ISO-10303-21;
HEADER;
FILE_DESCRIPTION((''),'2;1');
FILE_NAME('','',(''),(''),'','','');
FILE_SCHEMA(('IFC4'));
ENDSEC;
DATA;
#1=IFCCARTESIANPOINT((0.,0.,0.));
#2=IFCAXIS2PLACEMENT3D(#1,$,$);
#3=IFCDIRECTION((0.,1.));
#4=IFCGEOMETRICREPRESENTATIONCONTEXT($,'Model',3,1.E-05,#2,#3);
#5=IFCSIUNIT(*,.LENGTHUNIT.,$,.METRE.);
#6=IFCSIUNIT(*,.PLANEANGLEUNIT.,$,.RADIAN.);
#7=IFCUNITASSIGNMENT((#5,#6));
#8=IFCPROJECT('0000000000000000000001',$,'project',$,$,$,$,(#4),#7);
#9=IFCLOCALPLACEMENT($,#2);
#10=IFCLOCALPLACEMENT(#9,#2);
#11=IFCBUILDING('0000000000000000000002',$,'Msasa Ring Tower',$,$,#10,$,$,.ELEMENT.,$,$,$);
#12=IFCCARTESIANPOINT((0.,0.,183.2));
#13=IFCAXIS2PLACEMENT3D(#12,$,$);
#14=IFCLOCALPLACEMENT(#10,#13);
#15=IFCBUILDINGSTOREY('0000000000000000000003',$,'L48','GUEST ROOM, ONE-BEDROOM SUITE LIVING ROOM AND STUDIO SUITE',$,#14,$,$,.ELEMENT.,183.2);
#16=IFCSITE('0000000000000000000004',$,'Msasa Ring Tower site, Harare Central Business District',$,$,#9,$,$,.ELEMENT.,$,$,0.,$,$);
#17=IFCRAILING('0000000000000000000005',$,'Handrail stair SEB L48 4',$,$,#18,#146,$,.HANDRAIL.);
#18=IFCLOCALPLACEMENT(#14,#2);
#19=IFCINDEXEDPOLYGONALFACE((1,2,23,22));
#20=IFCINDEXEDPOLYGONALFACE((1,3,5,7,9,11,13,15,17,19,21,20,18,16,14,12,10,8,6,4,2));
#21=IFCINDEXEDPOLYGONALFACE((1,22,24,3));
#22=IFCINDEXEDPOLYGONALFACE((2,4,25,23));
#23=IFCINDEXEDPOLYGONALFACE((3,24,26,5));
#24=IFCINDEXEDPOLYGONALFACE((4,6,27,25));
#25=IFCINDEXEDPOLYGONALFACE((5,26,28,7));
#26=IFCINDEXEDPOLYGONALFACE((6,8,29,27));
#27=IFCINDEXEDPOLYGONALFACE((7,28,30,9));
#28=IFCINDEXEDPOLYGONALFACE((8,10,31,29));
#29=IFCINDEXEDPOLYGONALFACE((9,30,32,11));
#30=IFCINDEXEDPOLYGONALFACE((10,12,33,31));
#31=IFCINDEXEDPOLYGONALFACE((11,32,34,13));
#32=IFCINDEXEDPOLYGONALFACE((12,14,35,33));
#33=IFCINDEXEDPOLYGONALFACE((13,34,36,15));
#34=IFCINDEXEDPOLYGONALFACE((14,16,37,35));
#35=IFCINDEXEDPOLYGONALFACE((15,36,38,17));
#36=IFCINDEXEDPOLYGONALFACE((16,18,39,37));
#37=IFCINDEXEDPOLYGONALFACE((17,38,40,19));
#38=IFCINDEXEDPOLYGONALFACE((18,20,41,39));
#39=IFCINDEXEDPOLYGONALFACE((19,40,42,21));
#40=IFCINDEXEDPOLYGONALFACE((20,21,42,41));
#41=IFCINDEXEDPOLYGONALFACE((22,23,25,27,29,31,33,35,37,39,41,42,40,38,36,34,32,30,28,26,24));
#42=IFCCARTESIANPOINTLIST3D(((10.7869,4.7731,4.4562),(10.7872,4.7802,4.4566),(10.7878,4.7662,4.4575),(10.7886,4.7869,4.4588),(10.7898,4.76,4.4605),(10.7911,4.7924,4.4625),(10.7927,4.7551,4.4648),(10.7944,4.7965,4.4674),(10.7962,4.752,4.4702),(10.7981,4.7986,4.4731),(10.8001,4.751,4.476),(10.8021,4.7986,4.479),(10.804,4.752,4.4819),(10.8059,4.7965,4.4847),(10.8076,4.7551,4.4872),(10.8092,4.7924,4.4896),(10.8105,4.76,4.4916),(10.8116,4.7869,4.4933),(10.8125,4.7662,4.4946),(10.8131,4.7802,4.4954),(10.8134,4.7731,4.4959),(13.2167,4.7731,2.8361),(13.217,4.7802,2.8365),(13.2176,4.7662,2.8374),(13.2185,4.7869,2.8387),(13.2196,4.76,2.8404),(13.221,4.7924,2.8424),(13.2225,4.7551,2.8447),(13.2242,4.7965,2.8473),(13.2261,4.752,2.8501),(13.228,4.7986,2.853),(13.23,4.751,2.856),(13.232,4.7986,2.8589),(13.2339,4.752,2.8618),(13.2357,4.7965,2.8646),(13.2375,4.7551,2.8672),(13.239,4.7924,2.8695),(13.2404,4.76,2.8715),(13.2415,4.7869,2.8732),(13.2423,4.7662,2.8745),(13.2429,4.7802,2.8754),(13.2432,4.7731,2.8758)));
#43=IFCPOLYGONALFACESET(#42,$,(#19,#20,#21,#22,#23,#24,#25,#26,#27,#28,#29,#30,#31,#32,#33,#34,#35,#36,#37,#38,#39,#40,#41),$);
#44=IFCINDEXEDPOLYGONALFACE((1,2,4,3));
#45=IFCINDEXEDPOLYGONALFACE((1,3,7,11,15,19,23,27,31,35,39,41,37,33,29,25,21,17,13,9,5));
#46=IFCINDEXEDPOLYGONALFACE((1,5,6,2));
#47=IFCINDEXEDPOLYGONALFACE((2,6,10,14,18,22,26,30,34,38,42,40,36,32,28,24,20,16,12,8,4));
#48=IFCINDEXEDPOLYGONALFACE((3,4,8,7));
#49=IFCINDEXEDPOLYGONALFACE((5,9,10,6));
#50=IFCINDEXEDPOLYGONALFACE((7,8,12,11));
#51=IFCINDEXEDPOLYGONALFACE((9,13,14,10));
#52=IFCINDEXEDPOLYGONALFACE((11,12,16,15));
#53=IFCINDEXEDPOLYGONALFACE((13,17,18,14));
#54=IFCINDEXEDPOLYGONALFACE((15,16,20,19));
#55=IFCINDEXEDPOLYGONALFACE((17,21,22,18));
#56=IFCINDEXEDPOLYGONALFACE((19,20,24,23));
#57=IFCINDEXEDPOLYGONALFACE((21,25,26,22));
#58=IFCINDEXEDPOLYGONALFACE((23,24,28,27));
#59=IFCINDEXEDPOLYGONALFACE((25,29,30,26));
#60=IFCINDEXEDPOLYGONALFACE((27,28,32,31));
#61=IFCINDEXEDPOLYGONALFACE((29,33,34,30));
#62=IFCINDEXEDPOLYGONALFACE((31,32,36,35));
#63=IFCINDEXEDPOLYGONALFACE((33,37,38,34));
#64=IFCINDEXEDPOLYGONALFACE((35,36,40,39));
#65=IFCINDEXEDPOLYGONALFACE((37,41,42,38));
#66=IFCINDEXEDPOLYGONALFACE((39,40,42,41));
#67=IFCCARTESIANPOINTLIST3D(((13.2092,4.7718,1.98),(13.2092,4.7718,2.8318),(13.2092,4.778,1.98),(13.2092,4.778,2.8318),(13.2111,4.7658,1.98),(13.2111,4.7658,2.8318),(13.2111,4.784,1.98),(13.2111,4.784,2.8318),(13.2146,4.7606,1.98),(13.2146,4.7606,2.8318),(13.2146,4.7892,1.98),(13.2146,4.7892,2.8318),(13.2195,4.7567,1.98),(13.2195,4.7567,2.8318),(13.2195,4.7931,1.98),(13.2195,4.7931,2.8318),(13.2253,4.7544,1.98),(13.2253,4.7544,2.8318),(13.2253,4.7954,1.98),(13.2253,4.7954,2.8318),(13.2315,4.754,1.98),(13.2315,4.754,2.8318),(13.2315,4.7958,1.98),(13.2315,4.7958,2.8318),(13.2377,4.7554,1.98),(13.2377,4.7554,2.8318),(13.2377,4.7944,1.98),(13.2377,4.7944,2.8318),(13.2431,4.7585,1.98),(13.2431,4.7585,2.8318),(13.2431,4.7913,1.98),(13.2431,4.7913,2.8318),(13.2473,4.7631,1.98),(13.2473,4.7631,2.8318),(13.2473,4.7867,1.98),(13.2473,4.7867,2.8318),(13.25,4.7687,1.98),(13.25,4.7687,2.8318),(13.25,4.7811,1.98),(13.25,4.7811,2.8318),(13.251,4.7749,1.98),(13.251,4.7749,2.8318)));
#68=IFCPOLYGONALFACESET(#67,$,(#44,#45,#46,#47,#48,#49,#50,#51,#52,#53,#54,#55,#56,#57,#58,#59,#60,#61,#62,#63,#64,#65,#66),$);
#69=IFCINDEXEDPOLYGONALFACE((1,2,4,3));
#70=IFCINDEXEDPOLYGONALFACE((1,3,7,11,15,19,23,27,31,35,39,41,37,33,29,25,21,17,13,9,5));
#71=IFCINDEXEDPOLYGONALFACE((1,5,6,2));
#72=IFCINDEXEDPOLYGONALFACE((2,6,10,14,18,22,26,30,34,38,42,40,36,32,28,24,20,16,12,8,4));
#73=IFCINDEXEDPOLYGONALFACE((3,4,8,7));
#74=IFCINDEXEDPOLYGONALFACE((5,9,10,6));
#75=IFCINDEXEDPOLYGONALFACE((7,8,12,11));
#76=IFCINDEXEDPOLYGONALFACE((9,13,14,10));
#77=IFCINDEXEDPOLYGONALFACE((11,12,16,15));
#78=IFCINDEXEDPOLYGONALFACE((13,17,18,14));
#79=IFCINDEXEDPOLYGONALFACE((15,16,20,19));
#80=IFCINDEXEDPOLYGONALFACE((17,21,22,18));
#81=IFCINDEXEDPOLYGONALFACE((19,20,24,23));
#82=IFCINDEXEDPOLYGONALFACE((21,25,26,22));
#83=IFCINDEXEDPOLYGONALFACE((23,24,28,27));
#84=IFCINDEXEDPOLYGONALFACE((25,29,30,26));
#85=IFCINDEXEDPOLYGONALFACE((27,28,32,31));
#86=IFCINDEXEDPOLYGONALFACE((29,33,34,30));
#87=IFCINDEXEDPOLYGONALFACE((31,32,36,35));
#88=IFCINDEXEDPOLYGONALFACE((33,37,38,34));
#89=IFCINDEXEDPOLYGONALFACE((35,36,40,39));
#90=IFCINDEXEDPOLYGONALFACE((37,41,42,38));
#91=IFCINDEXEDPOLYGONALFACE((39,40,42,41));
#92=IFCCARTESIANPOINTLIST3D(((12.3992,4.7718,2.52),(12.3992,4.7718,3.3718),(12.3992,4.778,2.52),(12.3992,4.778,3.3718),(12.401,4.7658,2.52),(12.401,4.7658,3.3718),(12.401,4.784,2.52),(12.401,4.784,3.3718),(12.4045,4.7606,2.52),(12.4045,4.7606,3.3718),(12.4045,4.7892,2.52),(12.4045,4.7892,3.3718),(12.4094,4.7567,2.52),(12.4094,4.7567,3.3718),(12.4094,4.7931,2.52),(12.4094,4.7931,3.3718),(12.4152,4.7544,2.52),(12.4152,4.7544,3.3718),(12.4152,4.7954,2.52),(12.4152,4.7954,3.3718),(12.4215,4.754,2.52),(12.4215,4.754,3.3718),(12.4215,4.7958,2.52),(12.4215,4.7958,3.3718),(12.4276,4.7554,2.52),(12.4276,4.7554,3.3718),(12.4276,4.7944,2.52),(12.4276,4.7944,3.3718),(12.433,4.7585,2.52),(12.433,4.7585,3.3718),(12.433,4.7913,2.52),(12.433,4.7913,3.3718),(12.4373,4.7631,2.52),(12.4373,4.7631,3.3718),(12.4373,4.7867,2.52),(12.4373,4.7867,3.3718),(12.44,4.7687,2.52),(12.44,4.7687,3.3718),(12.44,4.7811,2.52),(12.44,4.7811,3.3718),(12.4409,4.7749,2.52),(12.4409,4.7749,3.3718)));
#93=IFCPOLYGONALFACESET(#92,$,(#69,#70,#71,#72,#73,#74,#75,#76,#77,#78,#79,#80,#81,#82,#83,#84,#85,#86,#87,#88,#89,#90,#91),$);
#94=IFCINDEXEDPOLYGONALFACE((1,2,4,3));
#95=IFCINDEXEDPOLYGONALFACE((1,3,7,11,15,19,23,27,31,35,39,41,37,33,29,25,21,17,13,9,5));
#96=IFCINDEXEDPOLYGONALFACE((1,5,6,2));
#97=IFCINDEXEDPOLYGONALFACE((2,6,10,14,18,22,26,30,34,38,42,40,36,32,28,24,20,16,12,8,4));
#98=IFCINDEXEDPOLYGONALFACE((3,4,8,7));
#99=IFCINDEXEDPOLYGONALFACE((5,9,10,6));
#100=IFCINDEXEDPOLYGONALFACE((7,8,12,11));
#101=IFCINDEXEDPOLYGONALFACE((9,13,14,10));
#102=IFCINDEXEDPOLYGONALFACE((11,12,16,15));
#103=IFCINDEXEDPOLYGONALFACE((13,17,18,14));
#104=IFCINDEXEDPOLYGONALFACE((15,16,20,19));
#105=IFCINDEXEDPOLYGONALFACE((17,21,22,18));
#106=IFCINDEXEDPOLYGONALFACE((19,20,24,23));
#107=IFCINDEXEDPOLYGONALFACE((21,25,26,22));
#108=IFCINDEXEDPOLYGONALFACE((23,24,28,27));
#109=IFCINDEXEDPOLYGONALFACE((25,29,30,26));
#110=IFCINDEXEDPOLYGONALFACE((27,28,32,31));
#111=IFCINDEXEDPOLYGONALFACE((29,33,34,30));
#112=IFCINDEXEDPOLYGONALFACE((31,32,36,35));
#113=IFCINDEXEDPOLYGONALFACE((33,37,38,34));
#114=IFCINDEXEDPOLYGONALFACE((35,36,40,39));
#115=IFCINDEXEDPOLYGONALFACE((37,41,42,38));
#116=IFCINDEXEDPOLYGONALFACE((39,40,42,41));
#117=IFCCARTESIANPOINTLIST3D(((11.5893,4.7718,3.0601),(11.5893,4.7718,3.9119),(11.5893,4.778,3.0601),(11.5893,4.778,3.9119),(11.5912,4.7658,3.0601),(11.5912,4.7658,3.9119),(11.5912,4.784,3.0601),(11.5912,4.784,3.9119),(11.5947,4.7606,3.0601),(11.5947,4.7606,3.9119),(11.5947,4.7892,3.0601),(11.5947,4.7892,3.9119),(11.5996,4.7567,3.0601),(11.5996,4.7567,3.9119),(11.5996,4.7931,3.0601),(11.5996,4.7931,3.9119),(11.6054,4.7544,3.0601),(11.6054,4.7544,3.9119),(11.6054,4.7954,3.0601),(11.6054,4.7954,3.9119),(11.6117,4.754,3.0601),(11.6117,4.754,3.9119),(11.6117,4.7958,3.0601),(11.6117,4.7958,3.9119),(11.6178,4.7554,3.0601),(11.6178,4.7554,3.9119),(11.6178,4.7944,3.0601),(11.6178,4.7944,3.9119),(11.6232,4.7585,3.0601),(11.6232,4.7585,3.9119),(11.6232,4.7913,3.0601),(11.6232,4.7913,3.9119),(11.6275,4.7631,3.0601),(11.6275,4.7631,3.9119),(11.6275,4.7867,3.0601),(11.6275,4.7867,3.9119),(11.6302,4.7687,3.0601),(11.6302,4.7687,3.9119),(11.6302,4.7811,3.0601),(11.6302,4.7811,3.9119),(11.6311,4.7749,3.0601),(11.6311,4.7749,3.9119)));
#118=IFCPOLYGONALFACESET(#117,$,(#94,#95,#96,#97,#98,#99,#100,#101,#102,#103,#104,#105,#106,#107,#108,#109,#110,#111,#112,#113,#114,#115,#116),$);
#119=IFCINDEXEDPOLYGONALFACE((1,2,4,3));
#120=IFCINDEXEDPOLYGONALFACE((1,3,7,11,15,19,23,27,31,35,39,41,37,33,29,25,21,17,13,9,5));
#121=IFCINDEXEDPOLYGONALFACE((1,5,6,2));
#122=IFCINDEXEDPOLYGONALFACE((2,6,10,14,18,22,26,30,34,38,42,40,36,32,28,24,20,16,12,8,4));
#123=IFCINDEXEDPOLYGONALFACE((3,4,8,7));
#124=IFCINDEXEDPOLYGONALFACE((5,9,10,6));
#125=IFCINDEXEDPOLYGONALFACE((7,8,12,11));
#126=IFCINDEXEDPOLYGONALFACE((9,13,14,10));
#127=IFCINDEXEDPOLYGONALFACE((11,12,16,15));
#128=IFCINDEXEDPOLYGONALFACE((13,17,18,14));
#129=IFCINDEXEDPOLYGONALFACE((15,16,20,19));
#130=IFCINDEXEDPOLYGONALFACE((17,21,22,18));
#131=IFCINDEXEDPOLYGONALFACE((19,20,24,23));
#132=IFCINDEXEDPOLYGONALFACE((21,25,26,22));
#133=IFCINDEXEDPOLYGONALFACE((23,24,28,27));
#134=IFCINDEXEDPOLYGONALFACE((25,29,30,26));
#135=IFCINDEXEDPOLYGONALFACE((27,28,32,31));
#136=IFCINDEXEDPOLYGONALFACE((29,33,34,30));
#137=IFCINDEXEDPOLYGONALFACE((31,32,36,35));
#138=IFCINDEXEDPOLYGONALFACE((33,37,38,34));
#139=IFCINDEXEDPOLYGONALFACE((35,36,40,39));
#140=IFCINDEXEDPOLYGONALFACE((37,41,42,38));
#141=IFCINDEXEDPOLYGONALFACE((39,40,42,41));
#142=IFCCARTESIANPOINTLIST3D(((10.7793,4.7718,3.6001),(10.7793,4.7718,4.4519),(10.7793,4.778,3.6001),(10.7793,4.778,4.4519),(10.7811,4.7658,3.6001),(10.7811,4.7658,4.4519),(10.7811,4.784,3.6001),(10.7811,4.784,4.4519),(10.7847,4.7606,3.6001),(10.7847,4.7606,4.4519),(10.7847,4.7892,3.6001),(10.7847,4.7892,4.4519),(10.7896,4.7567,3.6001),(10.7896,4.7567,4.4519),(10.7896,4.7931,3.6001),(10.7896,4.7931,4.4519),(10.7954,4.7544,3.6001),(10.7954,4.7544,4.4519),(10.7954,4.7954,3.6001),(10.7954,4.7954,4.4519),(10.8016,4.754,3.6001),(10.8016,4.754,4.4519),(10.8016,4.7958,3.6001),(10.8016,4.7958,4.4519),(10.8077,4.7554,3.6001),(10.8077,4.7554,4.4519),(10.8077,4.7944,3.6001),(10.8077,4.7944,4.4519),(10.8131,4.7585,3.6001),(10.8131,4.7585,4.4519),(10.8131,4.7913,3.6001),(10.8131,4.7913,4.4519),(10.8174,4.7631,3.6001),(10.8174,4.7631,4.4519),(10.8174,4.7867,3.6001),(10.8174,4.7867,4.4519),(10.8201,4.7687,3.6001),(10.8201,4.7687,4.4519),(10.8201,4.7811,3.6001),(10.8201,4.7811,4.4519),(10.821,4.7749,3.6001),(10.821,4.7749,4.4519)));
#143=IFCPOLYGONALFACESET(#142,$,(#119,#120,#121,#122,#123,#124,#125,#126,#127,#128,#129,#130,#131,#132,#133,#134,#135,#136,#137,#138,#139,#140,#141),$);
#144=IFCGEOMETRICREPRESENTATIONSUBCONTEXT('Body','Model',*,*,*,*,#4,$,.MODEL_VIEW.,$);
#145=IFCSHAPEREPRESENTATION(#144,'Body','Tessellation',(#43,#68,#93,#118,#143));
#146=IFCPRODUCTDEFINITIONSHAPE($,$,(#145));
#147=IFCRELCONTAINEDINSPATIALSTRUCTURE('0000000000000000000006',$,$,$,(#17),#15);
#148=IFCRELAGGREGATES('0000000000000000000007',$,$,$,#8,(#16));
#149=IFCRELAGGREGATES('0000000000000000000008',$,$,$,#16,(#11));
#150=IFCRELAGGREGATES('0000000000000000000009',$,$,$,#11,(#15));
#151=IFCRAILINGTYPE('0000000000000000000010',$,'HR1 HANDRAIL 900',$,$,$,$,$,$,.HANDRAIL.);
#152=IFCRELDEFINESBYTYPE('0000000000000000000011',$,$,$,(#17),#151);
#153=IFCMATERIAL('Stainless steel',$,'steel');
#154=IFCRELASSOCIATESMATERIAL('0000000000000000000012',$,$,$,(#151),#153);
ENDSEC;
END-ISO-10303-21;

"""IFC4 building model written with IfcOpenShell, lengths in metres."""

from ifc_helpers import new_model, si_unit, direction, frame, origin, origin_2d, place, context, subcontext, project, spatial, circle, extrude, material, type_object, element, save


model = new_model("IFC4")

# Units and contexts
model_context = context("Model", 3, precision=1e-05, world=origin(), true_north=direction((0.0, 1.0)))
body_context = subcontext(model_context, "Body", "Model", "MODEL_VIEW")
ifc_project = project(units=[si_unit("LENGTHUNIT", "METRE"), si_unit("PLANEANGLEUNIT", "RADIAN")], contexts=[model_context])

# Site, building, storey
site_placement = place(None, origin())
site = spatial("IfcSite", under=ifc_project, at=site_placement, Name="Msasa Ring Tower site, Harare Central Business District", CompositionType="ELEMENT", RefElevation=0.0)
building_placement = place(site_placement, origin())
building = spatial("IfcBuilding", under=site, at=building_placement, Name="Msasa Ring Tower", CompositionType="ELEMENT")
storey_placement = place(building_placement, frame((0.0, 0.0, 183.2)))
storey = spatial("IfcBuildingStorey", under=building, at=storey_placement, Name="L48", Description="GUEST ROOM, ONE-BEDROOM SUITE LIVING ROOM AND STUDIO SUITE", CompositionType="ELEMENT", Elevation=183.2)

# Railing
ifc_material_1 = material(Name="Stainless steel", Category="steel")
railing_type = type_object("IfcRailingType", Name="HR1 HANDRAIL 900", PredefinedType="HANDRAIL", material=ifc_material_1)
for number, where, name in (
    (1, (13.23, 4.7749, 1.98), "Handrail stair SEB L48 4"),
):
    element("IfcRailing", number, at=place(storey_placement, frame(where)), inside=storey, type_object=railing_type, Name=name, PredefinedType="HANDRAIL", context=body_context, shape_type="SweptSolid", body=[
        extrude(circle(Radius=0.0239, at=origin_2d()), frame((0.0, 0.0, 0.876), z_axis=(-0.832025, 0.0, 0.554739), x_axis=(0.0, -1.0, 0.0)), (0.0, 0.0, 1.0), 2.9204),
        extrude(circle(Radius=0.021, at=origin_2d()), origin(), (0.0, 0.0, 1.0), 0.8518),
        extrude(circle(Radius=0.021, at=origin_2d()), frame((-0.8101, 0.0, 0.54)), (0.0, 0.0, 1.0), 0.8518),
        extrude(circle(Radius=0.021, at=origin_2d()), frame((-1.6199, 0.0, 1.0801)), (0.0, 0.0, 1.0), 0.8518),
        extrude(circle(Radius=0.021, at=origin_2d()), frame((-2.4299, 0.0, 1.6201)), (0.0, 0.0, 1.0), 0.8518),
    ])

save(model, "model.ifc")
